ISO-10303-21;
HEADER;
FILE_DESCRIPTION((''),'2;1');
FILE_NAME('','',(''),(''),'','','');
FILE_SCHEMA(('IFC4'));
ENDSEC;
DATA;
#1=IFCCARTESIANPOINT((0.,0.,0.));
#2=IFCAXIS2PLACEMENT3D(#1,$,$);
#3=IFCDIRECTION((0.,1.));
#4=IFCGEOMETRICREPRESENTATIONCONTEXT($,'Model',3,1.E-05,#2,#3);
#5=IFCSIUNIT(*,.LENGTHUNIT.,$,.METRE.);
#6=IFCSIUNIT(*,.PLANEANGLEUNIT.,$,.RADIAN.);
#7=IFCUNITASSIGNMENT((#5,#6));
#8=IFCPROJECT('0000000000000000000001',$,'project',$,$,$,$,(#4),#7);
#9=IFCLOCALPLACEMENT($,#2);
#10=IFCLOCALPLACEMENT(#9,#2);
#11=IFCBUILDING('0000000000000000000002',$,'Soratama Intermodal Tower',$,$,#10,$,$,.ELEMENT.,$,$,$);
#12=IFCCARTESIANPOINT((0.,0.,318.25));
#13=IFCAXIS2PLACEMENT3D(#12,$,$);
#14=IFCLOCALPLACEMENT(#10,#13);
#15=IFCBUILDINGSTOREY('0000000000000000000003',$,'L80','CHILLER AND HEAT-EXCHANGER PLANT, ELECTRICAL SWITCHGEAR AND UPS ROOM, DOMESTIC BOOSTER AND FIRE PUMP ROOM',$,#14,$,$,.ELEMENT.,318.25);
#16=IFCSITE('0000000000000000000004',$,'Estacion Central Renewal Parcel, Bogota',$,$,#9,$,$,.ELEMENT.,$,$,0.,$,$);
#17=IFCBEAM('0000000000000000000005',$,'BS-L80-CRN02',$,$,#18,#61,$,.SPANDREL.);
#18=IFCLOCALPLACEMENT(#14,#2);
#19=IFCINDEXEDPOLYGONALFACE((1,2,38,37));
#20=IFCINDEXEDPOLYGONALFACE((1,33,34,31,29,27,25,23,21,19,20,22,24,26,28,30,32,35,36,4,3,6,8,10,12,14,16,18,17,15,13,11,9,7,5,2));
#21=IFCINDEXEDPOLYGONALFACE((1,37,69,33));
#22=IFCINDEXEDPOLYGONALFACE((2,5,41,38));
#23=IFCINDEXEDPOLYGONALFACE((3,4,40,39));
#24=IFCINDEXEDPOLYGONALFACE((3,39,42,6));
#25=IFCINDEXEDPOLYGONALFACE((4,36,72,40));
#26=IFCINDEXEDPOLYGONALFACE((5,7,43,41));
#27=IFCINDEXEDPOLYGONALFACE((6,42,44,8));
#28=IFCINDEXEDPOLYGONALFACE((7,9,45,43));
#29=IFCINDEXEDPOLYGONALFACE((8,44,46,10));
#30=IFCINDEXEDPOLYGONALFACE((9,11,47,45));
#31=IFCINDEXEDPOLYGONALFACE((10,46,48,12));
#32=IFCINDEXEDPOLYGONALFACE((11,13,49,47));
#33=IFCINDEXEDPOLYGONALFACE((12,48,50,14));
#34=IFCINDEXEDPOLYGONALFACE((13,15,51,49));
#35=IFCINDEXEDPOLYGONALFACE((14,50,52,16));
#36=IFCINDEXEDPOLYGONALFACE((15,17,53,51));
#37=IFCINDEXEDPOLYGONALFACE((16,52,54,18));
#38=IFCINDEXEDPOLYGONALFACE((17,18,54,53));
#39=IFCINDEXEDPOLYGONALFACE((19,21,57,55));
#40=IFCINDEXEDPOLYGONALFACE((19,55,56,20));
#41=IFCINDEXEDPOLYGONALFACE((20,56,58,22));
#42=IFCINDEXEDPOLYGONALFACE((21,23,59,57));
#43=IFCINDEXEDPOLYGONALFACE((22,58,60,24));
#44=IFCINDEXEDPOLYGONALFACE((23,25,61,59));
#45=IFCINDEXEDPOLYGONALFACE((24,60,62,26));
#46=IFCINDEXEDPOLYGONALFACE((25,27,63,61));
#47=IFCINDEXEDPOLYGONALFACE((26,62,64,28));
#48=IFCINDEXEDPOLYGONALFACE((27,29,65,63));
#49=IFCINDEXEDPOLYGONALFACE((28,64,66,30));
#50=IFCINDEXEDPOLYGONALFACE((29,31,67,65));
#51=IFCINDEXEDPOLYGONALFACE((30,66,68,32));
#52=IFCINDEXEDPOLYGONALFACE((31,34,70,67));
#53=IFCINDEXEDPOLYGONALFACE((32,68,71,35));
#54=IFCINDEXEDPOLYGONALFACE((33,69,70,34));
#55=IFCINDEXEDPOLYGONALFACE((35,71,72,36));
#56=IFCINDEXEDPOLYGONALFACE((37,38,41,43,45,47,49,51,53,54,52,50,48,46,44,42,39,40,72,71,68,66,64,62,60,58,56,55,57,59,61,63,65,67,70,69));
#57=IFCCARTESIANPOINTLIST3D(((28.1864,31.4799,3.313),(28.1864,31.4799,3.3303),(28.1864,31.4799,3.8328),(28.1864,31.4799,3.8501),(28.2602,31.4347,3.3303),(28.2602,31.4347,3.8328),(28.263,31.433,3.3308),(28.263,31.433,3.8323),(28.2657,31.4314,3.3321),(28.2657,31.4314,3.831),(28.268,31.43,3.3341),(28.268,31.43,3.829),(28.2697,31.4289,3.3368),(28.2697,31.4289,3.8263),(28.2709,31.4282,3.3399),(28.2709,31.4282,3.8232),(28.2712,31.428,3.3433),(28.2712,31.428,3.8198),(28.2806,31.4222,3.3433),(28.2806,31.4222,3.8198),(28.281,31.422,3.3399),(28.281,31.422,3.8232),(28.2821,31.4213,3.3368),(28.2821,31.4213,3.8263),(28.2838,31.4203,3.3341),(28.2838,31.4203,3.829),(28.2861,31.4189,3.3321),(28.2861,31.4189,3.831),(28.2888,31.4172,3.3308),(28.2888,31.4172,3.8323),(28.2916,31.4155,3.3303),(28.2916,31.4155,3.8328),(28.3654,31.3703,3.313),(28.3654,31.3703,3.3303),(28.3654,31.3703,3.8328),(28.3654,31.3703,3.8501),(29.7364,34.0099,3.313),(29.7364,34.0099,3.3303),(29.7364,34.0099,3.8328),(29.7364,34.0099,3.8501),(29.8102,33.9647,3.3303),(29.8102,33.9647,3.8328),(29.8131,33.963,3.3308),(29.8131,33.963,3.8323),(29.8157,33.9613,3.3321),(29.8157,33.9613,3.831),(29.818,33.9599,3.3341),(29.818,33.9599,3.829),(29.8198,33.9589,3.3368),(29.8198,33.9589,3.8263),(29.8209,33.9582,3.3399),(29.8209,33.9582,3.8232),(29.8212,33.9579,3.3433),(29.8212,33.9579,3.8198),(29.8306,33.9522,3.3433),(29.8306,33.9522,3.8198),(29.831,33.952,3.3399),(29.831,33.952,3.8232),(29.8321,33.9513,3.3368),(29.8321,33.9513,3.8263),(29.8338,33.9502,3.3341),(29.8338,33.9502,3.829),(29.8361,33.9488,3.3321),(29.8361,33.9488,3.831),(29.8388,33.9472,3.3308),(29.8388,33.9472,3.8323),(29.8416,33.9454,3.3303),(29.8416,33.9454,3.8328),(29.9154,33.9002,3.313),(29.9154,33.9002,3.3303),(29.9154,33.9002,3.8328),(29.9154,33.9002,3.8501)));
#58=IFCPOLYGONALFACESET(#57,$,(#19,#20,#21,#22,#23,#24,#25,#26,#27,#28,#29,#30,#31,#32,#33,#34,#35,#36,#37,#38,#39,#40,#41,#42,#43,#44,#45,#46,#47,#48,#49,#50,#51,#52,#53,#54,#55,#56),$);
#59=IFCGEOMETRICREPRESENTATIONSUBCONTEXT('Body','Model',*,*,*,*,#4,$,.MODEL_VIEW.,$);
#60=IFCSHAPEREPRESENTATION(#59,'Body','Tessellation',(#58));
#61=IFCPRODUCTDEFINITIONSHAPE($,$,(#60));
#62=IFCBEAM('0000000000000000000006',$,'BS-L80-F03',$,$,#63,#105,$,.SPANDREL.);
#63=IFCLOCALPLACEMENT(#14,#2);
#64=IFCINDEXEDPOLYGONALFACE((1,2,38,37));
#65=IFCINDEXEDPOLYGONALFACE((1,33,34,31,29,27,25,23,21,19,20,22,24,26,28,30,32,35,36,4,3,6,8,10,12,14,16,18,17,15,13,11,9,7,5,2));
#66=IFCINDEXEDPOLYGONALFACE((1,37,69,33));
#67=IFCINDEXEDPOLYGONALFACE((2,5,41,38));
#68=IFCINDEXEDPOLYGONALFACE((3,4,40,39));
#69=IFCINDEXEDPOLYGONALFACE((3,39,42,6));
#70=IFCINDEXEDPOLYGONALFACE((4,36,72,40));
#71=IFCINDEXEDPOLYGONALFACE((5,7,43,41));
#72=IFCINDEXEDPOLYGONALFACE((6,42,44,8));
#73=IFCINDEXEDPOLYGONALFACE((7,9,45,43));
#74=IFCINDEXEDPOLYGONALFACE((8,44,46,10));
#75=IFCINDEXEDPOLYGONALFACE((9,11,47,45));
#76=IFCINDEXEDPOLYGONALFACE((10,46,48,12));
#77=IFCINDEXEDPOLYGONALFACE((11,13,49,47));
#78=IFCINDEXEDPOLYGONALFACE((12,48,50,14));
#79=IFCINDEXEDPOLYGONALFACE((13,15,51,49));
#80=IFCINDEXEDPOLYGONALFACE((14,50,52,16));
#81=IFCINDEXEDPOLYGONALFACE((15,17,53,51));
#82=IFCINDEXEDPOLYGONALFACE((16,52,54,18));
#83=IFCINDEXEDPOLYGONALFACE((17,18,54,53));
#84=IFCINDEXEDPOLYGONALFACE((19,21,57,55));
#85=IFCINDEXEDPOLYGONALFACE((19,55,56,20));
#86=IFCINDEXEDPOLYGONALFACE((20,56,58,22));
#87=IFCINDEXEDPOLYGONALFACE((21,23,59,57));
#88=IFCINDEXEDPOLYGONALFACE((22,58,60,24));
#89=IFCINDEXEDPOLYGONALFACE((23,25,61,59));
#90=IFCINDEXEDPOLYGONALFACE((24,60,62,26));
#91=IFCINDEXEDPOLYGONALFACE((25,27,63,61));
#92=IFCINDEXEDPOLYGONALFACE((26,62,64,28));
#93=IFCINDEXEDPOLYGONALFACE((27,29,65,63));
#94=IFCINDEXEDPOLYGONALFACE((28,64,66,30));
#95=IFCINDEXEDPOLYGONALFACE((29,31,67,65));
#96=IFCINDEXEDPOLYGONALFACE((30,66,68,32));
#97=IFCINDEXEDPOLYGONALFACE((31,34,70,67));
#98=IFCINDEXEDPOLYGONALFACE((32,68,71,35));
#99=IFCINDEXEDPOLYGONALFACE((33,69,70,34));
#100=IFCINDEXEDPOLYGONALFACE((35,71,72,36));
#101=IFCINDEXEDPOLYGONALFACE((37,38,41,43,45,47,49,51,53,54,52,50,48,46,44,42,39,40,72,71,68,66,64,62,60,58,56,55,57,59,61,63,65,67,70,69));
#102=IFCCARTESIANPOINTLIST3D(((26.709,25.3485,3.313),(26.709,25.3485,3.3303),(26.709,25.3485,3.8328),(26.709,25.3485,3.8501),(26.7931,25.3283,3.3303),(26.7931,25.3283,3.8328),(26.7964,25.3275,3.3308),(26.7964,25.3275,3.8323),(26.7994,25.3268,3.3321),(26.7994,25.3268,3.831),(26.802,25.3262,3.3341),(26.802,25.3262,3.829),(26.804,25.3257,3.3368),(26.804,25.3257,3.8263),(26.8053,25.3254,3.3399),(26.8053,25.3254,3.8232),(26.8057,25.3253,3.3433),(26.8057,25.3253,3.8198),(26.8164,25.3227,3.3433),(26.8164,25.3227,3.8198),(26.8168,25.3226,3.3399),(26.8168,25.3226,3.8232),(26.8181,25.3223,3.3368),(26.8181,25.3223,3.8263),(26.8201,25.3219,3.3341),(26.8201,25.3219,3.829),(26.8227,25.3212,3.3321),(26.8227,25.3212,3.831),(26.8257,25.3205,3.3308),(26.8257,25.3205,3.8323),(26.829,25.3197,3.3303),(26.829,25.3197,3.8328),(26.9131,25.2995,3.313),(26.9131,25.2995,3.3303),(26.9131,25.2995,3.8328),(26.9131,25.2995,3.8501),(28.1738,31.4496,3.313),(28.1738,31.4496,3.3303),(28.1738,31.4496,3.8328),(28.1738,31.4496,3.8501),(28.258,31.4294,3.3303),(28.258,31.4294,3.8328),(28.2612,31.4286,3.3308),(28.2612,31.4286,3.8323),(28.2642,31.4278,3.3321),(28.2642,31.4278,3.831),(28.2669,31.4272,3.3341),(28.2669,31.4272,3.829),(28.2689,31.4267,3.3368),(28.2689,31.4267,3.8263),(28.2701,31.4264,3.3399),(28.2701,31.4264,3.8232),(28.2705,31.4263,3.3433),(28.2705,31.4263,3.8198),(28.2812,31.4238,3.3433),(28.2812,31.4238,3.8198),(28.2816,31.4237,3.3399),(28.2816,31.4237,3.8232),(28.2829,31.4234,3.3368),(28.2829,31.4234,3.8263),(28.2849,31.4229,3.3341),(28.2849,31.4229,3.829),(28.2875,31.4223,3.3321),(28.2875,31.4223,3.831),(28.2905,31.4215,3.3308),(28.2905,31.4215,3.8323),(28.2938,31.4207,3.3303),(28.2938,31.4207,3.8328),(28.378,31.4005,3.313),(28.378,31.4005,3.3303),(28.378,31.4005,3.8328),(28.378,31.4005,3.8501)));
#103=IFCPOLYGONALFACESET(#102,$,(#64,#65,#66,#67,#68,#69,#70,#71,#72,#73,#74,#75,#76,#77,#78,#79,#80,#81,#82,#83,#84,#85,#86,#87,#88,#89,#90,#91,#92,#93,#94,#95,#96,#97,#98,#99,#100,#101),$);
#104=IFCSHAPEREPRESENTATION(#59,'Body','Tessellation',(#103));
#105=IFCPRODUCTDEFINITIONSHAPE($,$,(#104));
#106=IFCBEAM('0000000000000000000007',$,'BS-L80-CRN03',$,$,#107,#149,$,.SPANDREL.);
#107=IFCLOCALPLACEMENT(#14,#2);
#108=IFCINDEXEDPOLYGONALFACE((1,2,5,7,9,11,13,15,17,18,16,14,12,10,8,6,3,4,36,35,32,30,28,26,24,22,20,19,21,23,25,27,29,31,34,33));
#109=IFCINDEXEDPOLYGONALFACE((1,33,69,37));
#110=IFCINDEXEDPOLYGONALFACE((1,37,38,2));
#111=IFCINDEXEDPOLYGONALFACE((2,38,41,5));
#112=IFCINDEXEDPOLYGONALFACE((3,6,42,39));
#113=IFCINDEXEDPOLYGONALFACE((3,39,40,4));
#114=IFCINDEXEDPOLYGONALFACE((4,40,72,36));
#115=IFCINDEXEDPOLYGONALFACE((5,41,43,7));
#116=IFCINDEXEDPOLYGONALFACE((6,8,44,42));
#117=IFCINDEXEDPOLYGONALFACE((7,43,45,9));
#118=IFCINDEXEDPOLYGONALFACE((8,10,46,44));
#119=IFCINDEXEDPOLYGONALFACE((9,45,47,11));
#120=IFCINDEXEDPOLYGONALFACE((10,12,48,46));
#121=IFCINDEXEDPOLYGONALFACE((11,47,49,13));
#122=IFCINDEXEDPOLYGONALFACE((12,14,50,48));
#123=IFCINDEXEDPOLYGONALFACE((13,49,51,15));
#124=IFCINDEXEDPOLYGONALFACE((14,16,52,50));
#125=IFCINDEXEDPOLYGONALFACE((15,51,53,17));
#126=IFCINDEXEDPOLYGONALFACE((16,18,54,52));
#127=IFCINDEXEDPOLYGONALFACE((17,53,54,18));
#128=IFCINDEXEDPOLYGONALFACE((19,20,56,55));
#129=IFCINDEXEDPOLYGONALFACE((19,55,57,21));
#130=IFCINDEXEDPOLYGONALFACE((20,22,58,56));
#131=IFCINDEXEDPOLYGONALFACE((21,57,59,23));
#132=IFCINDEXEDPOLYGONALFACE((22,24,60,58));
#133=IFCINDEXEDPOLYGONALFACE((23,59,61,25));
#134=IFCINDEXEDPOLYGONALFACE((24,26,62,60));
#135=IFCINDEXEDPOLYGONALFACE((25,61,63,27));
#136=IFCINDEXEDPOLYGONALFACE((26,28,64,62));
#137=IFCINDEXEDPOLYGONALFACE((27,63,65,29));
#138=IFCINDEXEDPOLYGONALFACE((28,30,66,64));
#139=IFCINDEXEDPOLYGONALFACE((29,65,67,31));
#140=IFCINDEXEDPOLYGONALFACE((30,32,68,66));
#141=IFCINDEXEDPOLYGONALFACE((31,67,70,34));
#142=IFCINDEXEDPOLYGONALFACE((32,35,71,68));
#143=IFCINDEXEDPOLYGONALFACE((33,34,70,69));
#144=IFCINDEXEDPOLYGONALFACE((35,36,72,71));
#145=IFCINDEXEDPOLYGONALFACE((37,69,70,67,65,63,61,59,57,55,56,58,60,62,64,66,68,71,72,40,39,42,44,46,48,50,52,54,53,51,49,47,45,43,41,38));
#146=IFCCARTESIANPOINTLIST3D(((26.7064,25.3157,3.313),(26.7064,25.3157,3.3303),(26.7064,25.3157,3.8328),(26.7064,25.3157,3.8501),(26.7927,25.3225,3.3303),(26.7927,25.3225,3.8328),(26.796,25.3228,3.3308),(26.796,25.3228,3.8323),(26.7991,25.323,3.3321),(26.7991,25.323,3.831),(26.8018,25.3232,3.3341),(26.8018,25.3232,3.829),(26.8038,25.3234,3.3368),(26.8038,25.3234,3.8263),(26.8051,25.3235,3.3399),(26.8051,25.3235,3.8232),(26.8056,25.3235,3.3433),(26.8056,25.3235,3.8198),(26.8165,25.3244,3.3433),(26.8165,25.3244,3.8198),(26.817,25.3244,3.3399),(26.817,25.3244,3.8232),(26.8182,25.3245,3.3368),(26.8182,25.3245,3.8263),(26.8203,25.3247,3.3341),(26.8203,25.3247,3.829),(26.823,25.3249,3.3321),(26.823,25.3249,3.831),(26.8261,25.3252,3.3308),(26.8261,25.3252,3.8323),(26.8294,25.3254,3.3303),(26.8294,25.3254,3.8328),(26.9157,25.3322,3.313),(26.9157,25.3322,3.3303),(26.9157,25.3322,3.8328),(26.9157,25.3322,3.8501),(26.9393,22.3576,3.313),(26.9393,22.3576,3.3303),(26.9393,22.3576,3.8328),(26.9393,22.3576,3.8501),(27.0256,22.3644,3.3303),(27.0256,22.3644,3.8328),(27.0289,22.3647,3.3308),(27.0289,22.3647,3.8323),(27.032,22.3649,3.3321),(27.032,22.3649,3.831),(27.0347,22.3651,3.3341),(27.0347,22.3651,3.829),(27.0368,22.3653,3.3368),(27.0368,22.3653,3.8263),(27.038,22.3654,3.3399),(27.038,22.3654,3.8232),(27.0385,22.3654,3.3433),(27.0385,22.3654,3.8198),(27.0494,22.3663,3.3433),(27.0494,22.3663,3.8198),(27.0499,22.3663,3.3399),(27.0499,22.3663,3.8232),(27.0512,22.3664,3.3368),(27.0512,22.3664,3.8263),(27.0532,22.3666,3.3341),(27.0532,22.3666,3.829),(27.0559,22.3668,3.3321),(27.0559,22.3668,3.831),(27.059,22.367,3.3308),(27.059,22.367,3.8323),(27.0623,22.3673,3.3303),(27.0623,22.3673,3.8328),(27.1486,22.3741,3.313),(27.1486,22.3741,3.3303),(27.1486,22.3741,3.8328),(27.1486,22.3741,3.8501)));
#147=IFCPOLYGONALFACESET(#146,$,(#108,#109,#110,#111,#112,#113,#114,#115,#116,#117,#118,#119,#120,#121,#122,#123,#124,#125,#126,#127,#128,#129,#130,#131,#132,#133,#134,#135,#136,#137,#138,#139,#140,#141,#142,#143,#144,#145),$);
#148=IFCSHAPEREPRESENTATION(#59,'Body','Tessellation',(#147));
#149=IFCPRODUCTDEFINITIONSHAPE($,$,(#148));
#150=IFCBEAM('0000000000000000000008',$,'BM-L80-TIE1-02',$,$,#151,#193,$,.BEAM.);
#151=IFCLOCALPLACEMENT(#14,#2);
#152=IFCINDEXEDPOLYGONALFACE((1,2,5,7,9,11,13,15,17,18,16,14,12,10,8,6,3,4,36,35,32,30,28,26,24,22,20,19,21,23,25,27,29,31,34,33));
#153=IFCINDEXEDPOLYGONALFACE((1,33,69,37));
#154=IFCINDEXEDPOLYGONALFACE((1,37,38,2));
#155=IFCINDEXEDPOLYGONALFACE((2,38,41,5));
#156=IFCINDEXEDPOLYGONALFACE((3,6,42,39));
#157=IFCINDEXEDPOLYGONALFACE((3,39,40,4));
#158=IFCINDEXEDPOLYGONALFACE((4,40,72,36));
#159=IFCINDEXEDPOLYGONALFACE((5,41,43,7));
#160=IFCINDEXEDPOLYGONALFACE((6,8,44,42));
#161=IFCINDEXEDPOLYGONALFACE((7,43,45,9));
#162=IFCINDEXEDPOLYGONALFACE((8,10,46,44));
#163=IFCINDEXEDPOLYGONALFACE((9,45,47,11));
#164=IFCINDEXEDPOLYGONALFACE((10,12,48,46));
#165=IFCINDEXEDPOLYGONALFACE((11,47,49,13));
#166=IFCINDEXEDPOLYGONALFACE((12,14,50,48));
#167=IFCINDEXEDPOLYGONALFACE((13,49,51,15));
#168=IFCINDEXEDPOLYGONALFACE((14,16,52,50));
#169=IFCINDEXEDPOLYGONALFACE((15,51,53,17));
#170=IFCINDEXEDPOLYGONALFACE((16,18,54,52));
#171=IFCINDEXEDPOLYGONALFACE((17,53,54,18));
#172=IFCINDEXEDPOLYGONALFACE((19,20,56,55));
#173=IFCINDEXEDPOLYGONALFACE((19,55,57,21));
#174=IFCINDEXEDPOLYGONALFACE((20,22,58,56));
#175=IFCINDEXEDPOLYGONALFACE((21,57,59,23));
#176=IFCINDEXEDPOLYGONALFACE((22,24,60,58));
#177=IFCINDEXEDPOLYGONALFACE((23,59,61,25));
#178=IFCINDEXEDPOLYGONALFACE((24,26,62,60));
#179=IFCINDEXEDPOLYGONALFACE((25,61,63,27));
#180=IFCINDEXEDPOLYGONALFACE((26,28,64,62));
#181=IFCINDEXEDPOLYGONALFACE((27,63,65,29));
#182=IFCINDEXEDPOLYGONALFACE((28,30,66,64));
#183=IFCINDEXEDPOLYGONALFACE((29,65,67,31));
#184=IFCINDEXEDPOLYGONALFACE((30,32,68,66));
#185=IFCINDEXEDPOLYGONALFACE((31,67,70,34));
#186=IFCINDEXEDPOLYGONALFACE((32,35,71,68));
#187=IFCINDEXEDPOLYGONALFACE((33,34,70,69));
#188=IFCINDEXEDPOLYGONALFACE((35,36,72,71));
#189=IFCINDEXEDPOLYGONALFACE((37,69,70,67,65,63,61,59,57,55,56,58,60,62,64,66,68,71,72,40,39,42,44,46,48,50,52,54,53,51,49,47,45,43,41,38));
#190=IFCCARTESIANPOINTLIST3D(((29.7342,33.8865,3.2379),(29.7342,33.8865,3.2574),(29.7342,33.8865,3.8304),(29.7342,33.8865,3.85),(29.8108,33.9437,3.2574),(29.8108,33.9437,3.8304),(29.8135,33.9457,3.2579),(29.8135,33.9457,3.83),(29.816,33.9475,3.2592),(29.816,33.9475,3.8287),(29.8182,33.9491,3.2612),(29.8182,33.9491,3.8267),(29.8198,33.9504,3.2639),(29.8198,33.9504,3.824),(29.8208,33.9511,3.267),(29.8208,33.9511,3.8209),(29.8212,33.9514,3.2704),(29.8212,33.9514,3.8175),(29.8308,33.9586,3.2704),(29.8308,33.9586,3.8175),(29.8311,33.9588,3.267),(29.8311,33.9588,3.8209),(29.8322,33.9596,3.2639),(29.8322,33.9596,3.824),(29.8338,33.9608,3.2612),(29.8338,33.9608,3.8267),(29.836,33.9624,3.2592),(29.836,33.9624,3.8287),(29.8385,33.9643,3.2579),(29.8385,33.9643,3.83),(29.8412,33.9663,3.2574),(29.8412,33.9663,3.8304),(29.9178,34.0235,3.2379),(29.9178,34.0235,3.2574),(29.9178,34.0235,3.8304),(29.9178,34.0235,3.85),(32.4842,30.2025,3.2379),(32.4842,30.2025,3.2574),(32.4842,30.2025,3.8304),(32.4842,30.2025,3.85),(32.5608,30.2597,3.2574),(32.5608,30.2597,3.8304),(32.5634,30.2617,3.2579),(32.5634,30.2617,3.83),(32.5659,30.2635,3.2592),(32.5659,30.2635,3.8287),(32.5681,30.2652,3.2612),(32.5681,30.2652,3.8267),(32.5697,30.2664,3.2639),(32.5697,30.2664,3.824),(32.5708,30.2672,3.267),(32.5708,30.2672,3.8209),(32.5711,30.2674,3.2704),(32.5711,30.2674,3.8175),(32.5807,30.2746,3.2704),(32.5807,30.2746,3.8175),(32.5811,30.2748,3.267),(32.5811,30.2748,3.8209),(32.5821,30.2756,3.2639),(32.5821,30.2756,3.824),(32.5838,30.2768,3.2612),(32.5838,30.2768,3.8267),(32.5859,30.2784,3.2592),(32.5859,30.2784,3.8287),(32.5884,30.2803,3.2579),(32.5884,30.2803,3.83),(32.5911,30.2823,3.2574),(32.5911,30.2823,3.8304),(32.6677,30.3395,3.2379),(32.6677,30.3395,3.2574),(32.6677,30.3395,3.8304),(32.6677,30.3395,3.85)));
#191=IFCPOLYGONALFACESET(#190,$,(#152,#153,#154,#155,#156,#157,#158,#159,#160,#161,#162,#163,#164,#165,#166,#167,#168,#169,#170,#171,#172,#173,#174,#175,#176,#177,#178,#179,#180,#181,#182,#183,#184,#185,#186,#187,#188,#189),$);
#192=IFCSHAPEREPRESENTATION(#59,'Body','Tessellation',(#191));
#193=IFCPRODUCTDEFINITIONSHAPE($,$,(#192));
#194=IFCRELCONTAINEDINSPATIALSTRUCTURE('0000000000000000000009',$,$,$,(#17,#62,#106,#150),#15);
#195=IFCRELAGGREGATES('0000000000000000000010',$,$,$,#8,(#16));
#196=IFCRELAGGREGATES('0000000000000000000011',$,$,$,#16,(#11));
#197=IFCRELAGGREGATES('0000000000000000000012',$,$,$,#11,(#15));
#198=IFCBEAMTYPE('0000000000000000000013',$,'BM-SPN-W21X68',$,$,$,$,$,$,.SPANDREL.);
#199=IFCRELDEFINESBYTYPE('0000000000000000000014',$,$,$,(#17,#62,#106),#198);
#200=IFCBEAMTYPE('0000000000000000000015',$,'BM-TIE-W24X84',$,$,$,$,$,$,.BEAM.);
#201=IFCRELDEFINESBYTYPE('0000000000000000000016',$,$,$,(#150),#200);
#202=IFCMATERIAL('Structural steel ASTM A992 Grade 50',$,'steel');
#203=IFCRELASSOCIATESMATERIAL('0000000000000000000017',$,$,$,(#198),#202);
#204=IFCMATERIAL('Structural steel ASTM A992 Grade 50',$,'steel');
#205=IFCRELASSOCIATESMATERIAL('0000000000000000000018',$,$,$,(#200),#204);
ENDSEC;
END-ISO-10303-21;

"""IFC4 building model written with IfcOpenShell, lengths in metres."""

from ifc_helpers import new_model, si_unit, direction, frame, origin, origin_2d, place, context, subcontext, project, spatial, i_section, extrude, material, material_profile, profile_set, type_object, element, save


model = new_model("IFC4")

# Units and contexts
model_context = context("Model", 3, precision=1e-05, world=origin(), true_north=direction((0.0, 1.0)))
body_context = subcontext(model_context, "Body", "Model", "MODEL_VIEW")
ifc_project = project(units=[si_unit("LENGTHUNIT", "METRE"), si_unit("PLANEANGLEUNIT", "RADIAN")], contexts=[model_context])

# Site, building, storey
site_placement = place(None, origin())
site = spatial("IfcSite", under=ifc_project, at=site_placement, Name="Estacion Central Renewal Parcel, Bogota", CompositionType="ELEMENT", RefElevation=0.0)
building_placement = place(site_placement, origin())
building = spatial("IfcBuilding", under=site, at=building_placement, Name="Soratama Intermodal Tower", CompositionType="ELEMENT")
storey_placement = place(building_placement, frame((0.0, 0.0, 318.25)))
storey = spatial("IfcBuildingStorey", under=building, at=storey_placement, Name="L80", Description="CHILLER AND HEAT-EXCHANGER PLANT, ELECTRICAL SWITCHGEAR AND UPS ROOM, DOMESTIC BOOSTER AND FIRE PUMP ROOM", CompositionType="ELEMENT", Elevation=318.25)

# Beams
ifc_material_1 = material(Name="Structural steel ASTM A992 Grade 50", Category="steel")
ifc_material_profile_1 = material_profile(ifc_material_1, i_section(OverallWidth=0.21, OverallDepth=0.5371, WebThickness=0.011, FlangeThickness=0.0173, FilletRadius=0.0129, at=origin_2d()), Name="W21X68")
ifc_profile_set_1 = profile_set([ifc_material_profile_1], Name="Structural steel ASTM A992 Grade 50")
beam_type_1 = type_object("IfcBeamType", Name="BM-SPN-W21X68", PredefinedType="SPANDREL", material=ifc_profile_set_1)
beam_1_placement = place(storey_placement, frame((29.8259, 33.9551, 3.5815), z_axis=(-0.522412, -0.852693, 0.0), x_axis=(0.852693, -0.522412, 0.0)))
element("IfcBeam", 1, at=beam_1_placement, inside=storey, type_object=beam_type_1, Name="BS-L80-CRN02", PredefinedType="SPANDREL", context=body_context, shape_type="SweptSolid", body=[
    extrude(i_section(OverallWidth=0.21, OverallDepth=0.5371, WebThickness=0.011, FlangeThickness=0.0173, FilletRadius=0.0129, at=origin_2d()), origin(), (0.0, 0.0, 1.0), 2.967),
])
beam_2_placement = place(storey_placement, frame((28.2759, 31.425, 3.5815), z_axis=(-0.233461, -0.972366, 0.0), x_axis=(0.972366, -0.233461, 0.0)))
element("IfcBeam", 2, at=beam_2_placement, inside=storey, type_object=beam_type_1, Name="BS-L80-F03", PredefinedType="SPANDREL", context=body_context, shape_type="SweptSolid", body=[
    extrude(i_section(OverallWidth=0.21, OverallDepth=0.5371, WebThickness=0.011, FlangeThickness=0.0173, FilletRadius=0.0129, at=origin_2d()), origin(), (0.0, 0.0, 1.0), 6.2744),
])
beam_3_placement = place(storey_placement, frame((26.811, 25.324, 3.5815), z_axis=(0.078496, -0.996914, 0.0), x_axis=(0.996914, 0.078496, 0.0)))
element("IfcBeam", 3, at=beam_3_placement, inside=storey, type_object=beam_type_1, Name="BS-L80-CRN03", PredefinedType="SPANDREL", context=body_context, shape_type="SweptSolid", body=[
    extrude(i_section(OverallWidth=0.21, OverallDepth=0.5371, WebThickness=0.011, FlangeThickness=0.0173, FilletRadius=0.0129, at=origin_2d()), origin(), (0.0, 0.0, 1.0), 2.9673),
])
ifc_material_2 = material(Name="Structural steel ASTM A992 Grade 50", Category="steel")
ifc_material_profile_2 = material_profile(ifc_material_2, i_section(OverallWidth=0.229, OverallDepth=0.6121, WebThickness=0.012, FlangeThickness=0.0195, FilletRadius=0.0129, at=origin_2d()), Name="W24X84")
ifc_profile_set_2 = profile_set([ifc_material_profile_2], Name="Structural steel ASTM A992 Grade 50")
beam_type_2 = type_object("IfcBeamType", Name="BM-TIE-W24X84", PredefinedType="BEAM", material=ifc_profile_set_2)
beam_4_placement = place(storey_placement, frame((32.5759, 30.271, 3.5439), z_axis=(-0.59818, 0.801362, 0.0), x_axis=(-0.801362, -0.59818, 0.0)))
element("IfcBeam", 4, at=beam_4_placement, inside=storey, type_object=beam_type_2, Name="BM-L80-TIE1-02", PredefinedType="BEAM", context=body_context, shape_type="SweptSolid", body=[
    extrude(i_section(OverallWidth=0.229, OverallDepth=0.6121, WebThickness=0.012, FlangeThickness=0.0195, FilletRadius=0.0129, at=origin_2d()), origin(), (0.0, 0.0, 1.0), 4.5972),
])

save(model, "model.ifc")
